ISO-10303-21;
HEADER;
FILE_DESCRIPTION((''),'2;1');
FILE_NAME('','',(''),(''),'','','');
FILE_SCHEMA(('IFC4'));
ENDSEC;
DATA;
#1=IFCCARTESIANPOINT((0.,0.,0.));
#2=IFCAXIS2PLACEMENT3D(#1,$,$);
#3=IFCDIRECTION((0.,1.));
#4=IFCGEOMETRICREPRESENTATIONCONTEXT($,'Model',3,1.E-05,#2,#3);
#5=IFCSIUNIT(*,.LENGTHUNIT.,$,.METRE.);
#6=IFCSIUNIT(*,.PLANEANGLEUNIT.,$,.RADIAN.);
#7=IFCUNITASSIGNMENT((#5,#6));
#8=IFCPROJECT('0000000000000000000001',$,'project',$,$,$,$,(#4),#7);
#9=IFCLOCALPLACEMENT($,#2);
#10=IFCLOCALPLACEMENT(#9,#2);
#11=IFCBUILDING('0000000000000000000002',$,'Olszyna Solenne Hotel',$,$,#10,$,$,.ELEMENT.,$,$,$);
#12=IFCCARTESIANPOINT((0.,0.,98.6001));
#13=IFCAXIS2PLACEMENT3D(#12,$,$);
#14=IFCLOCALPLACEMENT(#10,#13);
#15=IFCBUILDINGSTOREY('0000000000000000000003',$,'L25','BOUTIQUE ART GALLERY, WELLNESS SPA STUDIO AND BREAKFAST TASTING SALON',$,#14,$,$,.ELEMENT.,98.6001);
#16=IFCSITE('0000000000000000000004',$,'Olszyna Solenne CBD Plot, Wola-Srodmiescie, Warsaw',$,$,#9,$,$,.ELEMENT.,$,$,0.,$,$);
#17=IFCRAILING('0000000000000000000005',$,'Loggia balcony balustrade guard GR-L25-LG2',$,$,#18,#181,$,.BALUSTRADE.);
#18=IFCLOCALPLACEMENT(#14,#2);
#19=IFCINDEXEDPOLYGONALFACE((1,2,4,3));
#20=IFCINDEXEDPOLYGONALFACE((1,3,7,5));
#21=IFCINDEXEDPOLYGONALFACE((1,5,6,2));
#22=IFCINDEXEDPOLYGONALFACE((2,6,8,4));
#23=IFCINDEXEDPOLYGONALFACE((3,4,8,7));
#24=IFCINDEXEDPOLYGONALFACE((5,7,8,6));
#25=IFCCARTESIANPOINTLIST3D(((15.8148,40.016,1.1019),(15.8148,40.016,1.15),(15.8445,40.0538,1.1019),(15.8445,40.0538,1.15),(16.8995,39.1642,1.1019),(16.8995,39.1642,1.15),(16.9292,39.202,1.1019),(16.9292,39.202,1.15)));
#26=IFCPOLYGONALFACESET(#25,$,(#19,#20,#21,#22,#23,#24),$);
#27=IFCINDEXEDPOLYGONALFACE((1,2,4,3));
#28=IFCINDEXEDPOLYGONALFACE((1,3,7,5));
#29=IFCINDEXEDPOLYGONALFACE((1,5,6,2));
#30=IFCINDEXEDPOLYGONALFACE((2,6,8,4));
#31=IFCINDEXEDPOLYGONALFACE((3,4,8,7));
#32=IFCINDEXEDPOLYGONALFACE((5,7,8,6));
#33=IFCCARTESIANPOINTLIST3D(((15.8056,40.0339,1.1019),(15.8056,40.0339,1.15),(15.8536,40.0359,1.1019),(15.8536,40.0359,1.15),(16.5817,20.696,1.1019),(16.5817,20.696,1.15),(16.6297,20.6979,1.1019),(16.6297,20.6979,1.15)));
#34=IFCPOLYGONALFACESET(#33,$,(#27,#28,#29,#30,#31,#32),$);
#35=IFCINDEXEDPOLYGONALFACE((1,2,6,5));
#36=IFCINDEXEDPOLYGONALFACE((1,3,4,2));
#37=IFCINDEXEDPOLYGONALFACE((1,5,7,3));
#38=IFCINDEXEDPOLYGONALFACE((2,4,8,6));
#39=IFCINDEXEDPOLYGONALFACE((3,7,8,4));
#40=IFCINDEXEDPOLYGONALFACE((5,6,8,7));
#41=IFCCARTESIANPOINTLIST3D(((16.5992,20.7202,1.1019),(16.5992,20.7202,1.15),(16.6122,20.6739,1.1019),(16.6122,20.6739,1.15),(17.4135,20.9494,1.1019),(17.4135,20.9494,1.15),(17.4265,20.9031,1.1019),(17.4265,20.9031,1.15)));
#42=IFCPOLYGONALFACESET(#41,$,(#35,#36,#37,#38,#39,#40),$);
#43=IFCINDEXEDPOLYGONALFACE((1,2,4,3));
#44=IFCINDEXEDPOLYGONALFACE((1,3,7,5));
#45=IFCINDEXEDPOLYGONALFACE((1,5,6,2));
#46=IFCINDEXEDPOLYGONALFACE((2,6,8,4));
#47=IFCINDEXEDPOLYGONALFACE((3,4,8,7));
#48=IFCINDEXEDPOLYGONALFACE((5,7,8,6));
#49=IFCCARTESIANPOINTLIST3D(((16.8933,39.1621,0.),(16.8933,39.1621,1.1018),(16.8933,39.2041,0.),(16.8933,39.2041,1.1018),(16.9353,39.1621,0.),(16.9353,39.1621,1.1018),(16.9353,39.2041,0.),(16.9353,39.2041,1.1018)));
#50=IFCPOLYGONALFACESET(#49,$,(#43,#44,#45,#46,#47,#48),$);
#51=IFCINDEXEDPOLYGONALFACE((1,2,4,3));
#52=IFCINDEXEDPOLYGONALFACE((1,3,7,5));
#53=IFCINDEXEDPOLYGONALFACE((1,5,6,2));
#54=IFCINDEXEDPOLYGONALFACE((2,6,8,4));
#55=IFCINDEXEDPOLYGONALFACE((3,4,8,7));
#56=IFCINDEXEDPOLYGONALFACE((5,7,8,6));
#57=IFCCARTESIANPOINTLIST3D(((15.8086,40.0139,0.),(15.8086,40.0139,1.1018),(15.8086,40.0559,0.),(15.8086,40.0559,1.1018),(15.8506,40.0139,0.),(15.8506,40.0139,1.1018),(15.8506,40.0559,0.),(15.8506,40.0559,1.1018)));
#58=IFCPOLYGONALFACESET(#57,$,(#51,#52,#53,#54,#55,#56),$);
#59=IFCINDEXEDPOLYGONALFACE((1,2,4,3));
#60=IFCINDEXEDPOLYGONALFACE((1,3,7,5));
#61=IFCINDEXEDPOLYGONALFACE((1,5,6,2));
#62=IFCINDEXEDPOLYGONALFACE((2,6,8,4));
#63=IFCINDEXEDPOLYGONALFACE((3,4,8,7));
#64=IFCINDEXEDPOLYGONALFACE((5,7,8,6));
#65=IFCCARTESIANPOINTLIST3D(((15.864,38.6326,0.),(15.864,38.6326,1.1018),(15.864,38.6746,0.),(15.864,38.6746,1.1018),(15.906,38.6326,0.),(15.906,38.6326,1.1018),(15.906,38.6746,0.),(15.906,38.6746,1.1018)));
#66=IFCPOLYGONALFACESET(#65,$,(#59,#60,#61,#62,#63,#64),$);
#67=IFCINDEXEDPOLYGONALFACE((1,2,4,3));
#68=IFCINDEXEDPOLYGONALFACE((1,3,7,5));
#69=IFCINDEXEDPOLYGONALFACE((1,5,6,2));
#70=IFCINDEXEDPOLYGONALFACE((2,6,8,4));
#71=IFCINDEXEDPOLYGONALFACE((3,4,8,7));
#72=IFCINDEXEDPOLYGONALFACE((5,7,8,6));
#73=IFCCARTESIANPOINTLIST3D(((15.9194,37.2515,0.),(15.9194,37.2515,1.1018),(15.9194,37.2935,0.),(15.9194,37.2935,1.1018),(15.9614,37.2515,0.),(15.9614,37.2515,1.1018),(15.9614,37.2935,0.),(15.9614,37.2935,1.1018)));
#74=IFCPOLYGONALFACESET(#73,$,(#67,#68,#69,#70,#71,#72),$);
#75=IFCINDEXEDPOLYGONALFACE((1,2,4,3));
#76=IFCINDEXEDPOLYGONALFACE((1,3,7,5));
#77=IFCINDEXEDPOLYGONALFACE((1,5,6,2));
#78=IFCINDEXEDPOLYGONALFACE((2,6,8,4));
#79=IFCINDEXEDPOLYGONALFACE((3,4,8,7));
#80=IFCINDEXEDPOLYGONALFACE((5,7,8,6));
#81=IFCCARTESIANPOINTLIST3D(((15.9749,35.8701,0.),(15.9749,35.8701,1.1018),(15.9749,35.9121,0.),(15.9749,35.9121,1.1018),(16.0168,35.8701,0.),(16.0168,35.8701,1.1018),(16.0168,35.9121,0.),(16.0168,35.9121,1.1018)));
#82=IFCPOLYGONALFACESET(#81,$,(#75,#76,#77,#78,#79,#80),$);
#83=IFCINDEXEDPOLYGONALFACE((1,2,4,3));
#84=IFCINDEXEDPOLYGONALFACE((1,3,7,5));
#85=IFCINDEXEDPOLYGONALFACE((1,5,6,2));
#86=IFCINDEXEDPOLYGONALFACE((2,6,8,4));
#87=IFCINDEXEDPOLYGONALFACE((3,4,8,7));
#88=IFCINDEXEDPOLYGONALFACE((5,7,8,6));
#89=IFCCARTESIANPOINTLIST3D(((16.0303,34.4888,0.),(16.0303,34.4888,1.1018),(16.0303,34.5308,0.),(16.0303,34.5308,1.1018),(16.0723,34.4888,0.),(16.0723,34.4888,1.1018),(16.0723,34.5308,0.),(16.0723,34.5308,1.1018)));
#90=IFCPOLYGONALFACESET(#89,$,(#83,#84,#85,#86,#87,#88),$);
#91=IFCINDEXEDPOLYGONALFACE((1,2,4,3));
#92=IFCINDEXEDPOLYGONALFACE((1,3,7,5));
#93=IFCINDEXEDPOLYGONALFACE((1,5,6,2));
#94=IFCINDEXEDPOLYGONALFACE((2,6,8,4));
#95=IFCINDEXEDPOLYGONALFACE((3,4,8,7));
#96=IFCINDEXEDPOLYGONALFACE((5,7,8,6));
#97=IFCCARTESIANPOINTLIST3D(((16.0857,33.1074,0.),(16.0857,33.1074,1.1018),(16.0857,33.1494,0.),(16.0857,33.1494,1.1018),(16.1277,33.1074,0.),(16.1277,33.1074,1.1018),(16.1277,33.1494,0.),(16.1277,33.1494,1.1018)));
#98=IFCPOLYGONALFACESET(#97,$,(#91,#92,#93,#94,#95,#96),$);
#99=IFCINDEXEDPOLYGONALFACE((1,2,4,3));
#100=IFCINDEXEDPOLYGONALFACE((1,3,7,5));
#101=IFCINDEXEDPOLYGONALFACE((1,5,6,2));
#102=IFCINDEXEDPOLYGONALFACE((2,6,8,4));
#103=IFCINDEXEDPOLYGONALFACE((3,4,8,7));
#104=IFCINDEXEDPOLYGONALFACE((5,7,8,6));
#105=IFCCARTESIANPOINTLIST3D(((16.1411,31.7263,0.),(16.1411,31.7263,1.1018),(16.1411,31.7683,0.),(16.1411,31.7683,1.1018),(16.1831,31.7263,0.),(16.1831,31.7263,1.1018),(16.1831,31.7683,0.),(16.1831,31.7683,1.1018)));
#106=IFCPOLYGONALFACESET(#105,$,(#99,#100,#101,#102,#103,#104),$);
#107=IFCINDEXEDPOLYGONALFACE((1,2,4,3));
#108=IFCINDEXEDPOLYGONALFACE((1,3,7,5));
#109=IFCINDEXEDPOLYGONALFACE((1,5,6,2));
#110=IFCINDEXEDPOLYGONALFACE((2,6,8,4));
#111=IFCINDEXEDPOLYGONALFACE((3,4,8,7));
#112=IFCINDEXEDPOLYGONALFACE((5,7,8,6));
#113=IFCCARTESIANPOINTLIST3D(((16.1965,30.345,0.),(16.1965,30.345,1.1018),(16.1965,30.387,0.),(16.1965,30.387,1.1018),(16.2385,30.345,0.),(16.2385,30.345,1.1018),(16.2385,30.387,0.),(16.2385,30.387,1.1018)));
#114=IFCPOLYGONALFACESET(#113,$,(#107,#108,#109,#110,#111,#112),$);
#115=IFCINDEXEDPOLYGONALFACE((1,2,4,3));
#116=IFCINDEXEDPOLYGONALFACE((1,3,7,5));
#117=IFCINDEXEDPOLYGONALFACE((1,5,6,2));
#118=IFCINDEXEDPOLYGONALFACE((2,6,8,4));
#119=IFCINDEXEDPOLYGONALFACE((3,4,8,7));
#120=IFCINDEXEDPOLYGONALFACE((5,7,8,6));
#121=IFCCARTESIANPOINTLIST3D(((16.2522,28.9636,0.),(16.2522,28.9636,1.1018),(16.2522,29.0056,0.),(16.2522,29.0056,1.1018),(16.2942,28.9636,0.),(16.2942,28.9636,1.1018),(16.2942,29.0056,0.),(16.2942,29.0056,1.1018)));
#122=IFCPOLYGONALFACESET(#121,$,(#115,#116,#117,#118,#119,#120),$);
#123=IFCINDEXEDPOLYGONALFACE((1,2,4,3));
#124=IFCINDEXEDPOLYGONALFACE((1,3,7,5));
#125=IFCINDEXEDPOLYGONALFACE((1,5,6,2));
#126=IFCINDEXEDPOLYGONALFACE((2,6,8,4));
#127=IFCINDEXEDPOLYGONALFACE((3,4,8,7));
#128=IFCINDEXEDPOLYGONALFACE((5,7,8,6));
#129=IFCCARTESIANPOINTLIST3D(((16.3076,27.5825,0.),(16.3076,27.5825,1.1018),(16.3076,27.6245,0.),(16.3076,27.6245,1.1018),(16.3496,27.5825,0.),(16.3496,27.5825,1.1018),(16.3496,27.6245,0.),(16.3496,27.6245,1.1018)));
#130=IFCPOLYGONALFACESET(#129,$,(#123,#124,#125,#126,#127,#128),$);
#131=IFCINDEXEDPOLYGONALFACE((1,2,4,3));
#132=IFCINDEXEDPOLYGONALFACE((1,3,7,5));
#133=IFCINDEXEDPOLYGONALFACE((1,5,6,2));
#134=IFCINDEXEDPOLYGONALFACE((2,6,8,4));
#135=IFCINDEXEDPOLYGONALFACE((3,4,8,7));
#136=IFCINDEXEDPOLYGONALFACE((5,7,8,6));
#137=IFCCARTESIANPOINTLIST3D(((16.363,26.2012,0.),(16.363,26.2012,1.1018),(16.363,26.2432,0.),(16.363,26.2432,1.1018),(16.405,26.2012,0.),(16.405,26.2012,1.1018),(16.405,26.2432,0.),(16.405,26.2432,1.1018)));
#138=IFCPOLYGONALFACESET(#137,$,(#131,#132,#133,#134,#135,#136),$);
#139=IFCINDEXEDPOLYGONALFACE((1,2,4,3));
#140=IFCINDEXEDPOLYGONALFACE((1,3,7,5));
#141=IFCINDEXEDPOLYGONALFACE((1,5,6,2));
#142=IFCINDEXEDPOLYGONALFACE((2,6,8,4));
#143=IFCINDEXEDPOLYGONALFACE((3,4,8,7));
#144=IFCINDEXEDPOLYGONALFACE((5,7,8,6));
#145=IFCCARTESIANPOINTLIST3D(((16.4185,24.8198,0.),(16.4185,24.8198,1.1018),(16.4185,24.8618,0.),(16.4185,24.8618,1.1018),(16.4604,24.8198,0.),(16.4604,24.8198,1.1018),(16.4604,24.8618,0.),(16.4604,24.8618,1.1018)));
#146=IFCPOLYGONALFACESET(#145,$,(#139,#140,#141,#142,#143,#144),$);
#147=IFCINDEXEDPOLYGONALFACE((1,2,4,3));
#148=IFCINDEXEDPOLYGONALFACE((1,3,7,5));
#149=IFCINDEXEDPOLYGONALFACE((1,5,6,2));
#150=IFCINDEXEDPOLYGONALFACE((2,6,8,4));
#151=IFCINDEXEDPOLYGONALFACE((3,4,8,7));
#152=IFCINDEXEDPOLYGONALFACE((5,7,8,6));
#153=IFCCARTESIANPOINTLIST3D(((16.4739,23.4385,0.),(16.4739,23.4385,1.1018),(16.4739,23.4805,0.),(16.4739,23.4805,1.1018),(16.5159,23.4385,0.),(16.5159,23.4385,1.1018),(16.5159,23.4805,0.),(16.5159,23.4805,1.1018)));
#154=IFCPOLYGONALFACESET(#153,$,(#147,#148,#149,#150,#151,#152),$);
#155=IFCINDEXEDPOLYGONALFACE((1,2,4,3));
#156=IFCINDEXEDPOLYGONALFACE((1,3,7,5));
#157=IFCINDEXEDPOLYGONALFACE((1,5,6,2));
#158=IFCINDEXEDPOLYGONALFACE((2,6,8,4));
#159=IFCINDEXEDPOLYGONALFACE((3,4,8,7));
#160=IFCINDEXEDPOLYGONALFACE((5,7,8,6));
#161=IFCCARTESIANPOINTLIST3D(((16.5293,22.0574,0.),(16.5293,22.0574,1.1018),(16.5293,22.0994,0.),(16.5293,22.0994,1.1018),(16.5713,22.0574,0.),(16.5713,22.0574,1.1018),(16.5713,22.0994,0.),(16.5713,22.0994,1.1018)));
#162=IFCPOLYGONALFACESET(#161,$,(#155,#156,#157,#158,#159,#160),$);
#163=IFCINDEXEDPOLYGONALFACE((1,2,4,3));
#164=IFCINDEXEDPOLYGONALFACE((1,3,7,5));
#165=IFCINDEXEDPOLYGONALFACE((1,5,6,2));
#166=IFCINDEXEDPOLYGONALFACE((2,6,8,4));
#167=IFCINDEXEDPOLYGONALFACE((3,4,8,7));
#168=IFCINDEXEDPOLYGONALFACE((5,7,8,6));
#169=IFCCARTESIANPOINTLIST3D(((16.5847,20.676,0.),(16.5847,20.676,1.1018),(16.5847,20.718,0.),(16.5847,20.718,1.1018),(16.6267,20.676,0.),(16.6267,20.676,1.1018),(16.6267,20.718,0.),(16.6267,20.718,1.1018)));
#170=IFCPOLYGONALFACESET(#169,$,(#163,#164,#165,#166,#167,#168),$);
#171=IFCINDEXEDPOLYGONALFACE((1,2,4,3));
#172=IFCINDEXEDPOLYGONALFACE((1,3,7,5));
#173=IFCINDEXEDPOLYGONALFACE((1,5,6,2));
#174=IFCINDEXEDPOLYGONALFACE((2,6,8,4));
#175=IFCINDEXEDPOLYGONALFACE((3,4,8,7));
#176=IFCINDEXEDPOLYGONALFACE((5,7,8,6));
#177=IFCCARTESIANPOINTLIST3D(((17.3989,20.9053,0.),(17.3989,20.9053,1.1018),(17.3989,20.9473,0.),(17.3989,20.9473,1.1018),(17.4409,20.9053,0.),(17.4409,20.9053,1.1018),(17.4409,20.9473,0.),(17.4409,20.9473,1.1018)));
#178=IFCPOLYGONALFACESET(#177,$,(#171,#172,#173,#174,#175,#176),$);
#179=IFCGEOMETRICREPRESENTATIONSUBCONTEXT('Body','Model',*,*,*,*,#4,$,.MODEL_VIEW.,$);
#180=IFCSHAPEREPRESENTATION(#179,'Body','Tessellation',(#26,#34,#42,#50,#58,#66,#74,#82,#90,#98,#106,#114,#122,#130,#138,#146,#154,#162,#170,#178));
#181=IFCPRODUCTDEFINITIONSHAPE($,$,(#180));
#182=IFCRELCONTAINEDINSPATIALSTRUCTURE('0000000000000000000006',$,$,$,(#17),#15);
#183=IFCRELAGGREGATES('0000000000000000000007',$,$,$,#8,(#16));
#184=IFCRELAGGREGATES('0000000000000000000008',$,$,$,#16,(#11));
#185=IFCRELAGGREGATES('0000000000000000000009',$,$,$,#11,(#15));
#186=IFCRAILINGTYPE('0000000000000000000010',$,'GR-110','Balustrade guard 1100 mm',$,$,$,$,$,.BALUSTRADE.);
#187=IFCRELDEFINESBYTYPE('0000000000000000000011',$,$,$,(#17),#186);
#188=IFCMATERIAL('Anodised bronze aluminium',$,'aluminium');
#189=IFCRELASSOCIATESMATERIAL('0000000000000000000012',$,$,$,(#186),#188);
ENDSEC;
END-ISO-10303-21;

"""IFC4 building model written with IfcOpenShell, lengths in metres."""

from ifc_helpers import new_model, si_unit, direction, frame, origin, origin_2d, place, context, subcontext, project, spatial, rectangle, extrude, material, type_object, element, save


model = new_model("IFC4")

# Units and contexts
model_context = context("Model", 3, precision=1e-05, world=origin(), true_north=direction((0.0, 1.0)))
body_context = subcontext(model_context, "Body", "Model", "MODEL_VIEW")
ifc_project = project(units=[si_unit("LENGTHUNIT", "METRE"), si_unit("PLANEANGLEUNIT", "RADIAN")], contexts=[model_context])

# Site, building, storey
site_placement = place(None, origin())
site = spatial("IfcSite", under=ifc_project, at=site_placement, Name="Olszyna Solenne CBD Plot, Wola-Srodmiescie, Warsaw", CompositionType="ELEMENT", RefElevation=0.0)
building_placement = place(site_placement, origin())
building = spatial("IfcBuilding", under=site, at=building_placement, Name="Olszyna Solenne Hotel", CompositionType="ELEMENT")
storey_placement = place(building_placement, frame((0.0, 0.0, 98.6001)))
storey = spatial("IfcBuildingStorey", under=building, at=storey_placement, Name="L25", Description="BOUTIQUE ART GALLERY, WELLNESS SPA STUDIO AND BREAKFAST TASTING SALON", CompositionType="ELEMENT", Elevation=98.6001)

# Railing
ifc_material_1 = material(Name="Anodised bronze aluminium", Category="aluminium")
railing_type = type_object("IfcRailingType", Name="GR-110", Description="Balustrade guard 1100 mm", PredefinedType="BALUSTRADE", material=ifc_material_1)
railing_placement = place(storey_placement, frame((16.9143, 39.1831, 0.0)))
element("IfcRailing", 1, at=railing_placement, inside=storey, type_object=railing_type, Name="Loggia balcony balustrade guard GR-L25-LG2", PredefinedType="BALUSTRADE", context=body_context, shape_type="SweptSolid", body=[
    extrude(rectangle(XDim=0.0481, YDim=0.0481, at=origin_2d()), frame((0.0, 0.0, 1.126), z_axis=(-0.786484, 0.61761, 0.0), x_axis=(-0.61761, -0.786484, 0.0)), (0.0, 0.0, 1.0), 1.3792),
    extrude(rectangle(XDim=0.0481, YDim=0.0481, at=origin_2d()), frame((-1.0847, 0.8518, 1.126), z_axis=(0.040103, -0.999196, 0.0), x_axis=(0.999196, 0.040103, 0.0)), (0.0, 0.0, 1.0), 19.3535),
    extrude(rectangle(XDim=0.0481, YDim=0.0481, at=origin_2d()), frame((-0.3086, -18.4861, 1.126), z_axis=(0.962573, 0.271021, 0.0), x_axis=(-0.271021, 0.962573, 0.0)), (0.0, 0.0, 1.0), 0.8459),
    extrude(rectangle(XDim=0.042, YDim=0.042, at=origin_2d()), origin(), (0.0, 0.0, 1.0), 1.1018),
    extrude(rectangle(XDim=0.042, YDim=0.042, at=origin_2d()), frame((-1.0847, 0.8518, 0.0)), (0.0, 0.0, 1.0), 1.1018),
    extrude(rectangle(XDim=0.042, YDim=0.042, at=origin_2d()), frame((-1.0293, -0.5295, 0.0)), (0.0, 0.0, 1.0), 1.1018),
    extrude(rectangle(XDim=0.042, YDim=0.042, at=origin_2d()), frame((-0.9739, -1.9106, 0.0)), (0.0, 0.0, 1.0), 1.1018),
    extrude(rectangle(XDim=0.042, YDim=0.042, at=origin_2d()), frame((-0.9185, -3.292, 0.0)), (0.0, 0.0, 1.0), 1.1018),
    extrude(rectangle(XDim=0.042, YDim=0.042, at=origin_2d()), frame((-0.863, -4.6733, 0.0)), (0.0, 0.0, 1.0), 1.1018),
    extrude(rectangle(XDim=0.042, YDim=0.042, at=origin_2d()), frame((-0.8076, -6.0547, 0.0)), (0.0, 0.0, 1.0), 1.1018),
    extrude(rectangle(XDim=0.042, YDim=0.042, at=origin_2d()), frame((-0.7522, -7.4358, 0.0)), (0.0, 0.0, 1.0), 1.1018),
    extrude(rectangle(XDim=0.042, YDim=0.042, at=origin_2d()), frame((-0.6968, -8.8171, 0.0)), (0.0, 0.0, 1.0), 1.1018),
    extrude(rectangle(XDim=0.042, YDim=0.042, at=origin_2d()), frame((-0.6411, -10.1985, 0.0)), (0.0, 0.0, 1.0), 1.1018),
    extrude(rectangle(XDim=0.042, YDim=0.042, at=origin_2d()), frame((-0.5857, -11.5796, 0.0)), (0.0, 0.0, 1.0), 1.1018),
    extrude(rectangle(XDim=0.042, YDim=0.042, at=origin_2d()), frame((-0.5303, -12.9609, 0.0)), (0.0, 0.0, 1.0), 1.1018),
    extrude(rectangle(XDim=0.042, YDim=0.042, at=origin_2d()), frame((-0.4749, -14.3423, 0.0)), (0.0, 0.0, 1.0), 1.1018),
    extrude(rectangle(XDim=0.042, YDim=0.042, at=origin_2d()), frame((-0.4194, -15.7236, 0.0)), (0.0, 0.0, 1.0), 1.1018),
    extrude(rectangle(XDim=0.042, YDim=0.042, at=origin_2d()), frame((-0.364, -17.1047, 0.0)), (0.0, 0.0, 1.0), 1.1018),
    extrude(rectangle(XDim=0.042, YDim=0.042, at=origin_2d()), frame((-0.3086, -18.4861, 0.0)), (0.0, 0.0, 1.0), 1.1018),
    extrude(rectangle(XDim=0.042, YDim=0.042, at=origin_2d()), frame((0.5056, -18.2568, 0.0)), (0.0, 0.0, 1.0), 1.1018),
])

save(model, "model.ifc")
